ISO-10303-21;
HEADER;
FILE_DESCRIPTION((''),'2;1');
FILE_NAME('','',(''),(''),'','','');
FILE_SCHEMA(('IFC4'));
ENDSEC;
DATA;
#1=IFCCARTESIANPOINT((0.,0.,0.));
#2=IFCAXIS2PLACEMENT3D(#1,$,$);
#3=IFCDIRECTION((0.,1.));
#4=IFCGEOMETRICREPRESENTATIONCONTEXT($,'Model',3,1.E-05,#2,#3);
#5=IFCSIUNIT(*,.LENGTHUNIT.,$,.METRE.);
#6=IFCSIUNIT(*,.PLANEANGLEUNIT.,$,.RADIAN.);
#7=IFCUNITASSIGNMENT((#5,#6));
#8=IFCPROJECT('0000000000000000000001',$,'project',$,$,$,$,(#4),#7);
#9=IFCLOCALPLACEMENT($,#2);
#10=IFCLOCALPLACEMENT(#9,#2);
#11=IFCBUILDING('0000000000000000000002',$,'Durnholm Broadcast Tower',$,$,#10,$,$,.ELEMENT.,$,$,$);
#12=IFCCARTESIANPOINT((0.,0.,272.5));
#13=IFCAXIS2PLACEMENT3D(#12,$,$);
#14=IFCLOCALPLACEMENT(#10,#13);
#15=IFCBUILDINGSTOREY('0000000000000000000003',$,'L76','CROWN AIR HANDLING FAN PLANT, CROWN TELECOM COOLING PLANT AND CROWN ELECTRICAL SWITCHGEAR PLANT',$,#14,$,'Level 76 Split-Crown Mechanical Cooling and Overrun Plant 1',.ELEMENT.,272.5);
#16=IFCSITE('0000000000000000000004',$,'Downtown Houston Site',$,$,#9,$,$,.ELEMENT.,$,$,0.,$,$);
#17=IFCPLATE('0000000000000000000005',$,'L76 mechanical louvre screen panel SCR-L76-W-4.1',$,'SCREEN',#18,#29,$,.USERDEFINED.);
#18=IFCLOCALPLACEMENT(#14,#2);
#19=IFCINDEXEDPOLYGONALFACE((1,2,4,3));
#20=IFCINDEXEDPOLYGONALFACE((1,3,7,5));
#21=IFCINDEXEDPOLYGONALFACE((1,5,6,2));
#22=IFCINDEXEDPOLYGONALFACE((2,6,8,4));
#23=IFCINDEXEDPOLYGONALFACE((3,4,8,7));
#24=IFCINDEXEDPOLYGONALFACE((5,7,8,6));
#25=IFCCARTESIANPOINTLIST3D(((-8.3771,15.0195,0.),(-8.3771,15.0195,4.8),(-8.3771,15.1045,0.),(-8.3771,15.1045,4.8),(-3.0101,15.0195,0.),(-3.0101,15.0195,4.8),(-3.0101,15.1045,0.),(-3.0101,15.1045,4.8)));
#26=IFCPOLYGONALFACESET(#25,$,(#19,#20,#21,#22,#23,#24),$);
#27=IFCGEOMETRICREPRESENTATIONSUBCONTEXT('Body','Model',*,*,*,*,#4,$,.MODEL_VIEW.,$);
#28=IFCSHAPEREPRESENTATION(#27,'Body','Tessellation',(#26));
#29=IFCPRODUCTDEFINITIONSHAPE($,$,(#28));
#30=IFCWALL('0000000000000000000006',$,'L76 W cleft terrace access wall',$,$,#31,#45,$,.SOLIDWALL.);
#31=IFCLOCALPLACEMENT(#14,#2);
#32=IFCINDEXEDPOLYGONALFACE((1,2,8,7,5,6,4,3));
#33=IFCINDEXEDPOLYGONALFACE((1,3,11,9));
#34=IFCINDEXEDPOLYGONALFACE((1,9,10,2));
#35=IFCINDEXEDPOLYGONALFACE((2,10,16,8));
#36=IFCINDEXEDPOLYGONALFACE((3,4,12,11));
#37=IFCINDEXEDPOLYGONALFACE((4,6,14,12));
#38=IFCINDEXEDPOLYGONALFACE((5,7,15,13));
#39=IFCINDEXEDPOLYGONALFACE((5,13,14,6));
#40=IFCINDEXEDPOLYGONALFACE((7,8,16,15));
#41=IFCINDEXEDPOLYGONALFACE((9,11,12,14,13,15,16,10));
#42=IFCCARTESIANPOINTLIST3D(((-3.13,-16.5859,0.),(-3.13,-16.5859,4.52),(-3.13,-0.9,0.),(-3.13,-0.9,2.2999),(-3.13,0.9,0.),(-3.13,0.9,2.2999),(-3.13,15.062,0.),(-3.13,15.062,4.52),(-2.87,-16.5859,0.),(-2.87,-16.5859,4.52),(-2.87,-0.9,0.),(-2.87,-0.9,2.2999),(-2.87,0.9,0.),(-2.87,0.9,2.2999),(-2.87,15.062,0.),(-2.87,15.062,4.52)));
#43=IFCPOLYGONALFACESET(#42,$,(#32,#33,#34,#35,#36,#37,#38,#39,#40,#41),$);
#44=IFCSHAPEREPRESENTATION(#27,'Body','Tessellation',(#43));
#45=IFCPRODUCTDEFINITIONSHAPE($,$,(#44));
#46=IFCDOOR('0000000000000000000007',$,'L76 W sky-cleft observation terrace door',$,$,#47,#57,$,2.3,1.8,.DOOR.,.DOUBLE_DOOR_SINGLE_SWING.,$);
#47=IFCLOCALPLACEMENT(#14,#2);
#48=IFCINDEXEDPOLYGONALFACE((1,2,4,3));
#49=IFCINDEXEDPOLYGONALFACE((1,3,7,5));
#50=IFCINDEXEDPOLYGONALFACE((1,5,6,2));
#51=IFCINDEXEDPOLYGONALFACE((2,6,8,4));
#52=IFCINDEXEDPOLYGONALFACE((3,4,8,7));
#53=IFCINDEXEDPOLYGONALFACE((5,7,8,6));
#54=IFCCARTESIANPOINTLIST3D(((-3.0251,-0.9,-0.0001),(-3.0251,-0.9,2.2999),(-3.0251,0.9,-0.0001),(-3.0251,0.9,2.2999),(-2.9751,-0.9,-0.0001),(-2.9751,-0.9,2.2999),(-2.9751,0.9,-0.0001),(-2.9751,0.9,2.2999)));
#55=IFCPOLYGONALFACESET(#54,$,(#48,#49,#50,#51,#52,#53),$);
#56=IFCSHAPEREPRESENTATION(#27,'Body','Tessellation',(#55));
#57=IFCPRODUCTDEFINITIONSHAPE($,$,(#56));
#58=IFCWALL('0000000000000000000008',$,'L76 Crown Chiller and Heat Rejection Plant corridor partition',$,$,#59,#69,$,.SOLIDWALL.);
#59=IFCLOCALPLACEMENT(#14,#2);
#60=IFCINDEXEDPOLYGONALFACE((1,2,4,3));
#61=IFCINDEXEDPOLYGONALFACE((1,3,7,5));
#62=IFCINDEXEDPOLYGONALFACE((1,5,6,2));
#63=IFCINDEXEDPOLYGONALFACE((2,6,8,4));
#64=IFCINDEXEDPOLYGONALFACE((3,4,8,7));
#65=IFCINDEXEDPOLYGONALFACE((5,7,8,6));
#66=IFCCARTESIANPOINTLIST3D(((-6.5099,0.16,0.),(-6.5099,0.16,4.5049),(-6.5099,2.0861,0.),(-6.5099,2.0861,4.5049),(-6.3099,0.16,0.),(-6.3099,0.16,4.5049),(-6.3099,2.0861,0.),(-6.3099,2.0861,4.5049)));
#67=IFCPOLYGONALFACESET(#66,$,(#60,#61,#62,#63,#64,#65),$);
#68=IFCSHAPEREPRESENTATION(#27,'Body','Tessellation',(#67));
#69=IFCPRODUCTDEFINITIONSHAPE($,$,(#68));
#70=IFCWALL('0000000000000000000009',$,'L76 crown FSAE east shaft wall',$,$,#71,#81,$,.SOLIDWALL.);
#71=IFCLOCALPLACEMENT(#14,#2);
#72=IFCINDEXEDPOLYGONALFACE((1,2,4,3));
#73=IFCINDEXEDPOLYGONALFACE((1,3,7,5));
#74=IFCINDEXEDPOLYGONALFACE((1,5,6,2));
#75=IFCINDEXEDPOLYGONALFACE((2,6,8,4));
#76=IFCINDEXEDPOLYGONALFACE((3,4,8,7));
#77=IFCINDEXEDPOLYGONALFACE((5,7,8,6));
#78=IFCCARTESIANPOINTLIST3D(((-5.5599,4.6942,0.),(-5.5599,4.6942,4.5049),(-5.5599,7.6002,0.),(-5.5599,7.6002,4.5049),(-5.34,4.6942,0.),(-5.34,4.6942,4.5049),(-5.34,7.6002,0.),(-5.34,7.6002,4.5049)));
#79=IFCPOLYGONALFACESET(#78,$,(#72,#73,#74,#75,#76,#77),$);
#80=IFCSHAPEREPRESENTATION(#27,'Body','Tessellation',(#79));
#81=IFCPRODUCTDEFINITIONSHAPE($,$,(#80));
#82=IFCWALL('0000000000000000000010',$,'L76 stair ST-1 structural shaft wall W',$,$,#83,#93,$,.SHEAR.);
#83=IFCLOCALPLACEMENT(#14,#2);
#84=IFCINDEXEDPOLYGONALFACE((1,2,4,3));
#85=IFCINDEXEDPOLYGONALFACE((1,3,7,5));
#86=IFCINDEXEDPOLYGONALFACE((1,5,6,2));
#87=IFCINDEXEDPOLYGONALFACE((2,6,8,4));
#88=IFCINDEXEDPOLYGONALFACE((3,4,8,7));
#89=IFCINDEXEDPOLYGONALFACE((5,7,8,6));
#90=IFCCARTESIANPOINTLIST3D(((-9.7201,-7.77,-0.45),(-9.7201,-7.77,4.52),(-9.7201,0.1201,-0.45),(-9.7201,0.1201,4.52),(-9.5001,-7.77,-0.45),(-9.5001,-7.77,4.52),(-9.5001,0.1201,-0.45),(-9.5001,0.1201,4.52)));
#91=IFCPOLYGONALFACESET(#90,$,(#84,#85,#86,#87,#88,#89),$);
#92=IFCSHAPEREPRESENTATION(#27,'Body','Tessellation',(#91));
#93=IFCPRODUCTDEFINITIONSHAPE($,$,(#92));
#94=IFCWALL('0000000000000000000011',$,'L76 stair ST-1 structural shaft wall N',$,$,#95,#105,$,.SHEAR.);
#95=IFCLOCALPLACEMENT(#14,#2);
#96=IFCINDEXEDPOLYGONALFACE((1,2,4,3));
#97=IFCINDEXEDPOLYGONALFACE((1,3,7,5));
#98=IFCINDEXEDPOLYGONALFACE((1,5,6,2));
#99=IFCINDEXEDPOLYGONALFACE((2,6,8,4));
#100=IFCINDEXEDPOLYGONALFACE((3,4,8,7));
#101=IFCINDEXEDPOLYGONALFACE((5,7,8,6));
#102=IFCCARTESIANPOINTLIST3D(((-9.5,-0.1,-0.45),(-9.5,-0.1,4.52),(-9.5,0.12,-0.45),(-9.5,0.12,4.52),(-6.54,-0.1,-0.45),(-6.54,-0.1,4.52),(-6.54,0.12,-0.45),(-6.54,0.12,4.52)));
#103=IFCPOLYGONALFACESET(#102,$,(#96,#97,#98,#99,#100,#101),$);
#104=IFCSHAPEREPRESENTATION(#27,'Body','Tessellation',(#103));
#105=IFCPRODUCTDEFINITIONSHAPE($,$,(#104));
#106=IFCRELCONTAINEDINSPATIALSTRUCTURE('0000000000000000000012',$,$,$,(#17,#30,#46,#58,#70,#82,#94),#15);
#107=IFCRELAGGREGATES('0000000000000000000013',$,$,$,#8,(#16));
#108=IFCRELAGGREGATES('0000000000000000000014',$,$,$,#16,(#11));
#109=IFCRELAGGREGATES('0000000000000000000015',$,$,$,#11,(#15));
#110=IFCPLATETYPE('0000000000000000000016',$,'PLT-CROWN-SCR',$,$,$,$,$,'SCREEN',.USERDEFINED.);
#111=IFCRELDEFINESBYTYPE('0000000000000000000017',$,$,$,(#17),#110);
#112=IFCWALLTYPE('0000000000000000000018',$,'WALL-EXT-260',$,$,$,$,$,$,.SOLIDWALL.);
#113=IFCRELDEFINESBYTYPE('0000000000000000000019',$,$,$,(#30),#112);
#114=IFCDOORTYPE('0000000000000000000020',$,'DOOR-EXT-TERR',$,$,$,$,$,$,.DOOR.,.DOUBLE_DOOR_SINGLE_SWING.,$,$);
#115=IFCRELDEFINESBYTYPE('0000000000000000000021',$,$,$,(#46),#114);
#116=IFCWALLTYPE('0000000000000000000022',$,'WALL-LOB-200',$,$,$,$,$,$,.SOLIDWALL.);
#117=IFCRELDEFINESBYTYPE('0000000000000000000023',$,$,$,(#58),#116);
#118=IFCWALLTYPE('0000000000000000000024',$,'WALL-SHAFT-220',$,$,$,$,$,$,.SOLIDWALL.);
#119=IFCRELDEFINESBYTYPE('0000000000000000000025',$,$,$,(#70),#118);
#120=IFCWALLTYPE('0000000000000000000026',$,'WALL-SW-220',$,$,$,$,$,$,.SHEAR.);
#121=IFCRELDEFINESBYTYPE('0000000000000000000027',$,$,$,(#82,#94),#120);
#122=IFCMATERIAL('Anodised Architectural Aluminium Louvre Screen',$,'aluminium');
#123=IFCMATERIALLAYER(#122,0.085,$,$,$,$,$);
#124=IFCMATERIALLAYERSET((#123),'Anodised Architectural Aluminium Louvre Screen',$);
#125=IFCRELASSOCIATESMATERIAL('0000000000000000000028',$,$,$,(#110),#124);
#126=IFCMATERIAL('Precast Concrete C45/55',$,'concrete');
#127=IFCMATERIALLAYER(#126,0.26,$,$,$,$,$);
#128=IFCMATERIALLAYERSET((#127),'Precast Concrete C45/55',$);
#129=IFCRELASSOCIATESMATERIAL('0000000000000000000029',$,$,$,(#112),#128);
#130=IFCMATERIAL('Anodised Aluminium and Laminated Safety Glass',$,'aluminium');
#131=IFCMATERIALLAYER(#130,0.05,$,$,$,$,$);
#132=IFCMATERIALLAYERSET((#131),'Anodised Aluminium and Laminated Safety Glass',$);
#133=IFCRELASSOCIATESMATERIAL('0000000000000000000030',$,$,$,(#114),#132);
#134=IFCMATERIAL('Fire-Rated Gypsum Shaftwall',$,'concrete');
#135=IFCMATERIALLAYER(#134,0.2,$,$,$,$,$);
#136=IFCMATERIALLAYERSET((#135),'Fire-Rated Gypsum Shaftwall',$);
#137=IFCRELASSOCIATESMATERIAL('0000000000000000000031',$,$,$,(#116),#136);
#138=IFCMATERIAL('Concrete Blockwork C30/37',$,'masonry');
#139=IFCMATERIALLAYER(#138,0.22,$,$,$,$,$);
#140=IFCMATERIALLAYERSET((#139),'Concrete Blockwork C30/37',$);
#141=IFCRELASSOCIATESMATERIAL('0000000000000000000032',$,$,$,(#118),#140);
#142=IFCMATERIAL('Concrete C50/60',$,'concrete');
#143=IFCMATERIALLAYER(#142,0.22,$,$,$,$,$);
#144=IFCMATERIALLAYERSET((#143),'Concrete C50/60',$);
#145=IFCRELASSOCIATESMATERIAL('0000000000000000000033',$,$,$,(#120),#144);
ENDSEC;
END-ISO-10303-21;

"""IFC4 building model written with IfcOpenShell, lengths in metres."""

from ifc_helpers import new_model, si_unit, direction, frame, frame_2d, origin, origin_2d, place, context, subcontext, project, spatial, rectangle, extrude, source, transform, mapped, material, layer, layer_set, type_object, type_shapes, element, fill, save


model = new_model("IFC4")

# Units and contexts
model_context = context("Model", 3, precision=1e-05, world=origin(), true_north=direction((0.0, 1.0)))
body_context = subcontext(model_context, "Body", "Model", "MODEL_VIEW")
ifc_project = project(units=[si_unit("LENGTHUNIT", "METRE"), si_unit("PLANEANGLEUNIT", "RADIAN")], contexts=[model_context])

# Site, building, storey
site_placement = place(None, origin())
site = spatial("IfcSite", under=ifc_project, at=site_placement, Name="Downtown Houston Site", CompositionType="ELEMENT", RefElevation=0.0)
building_placement = place(site_placement, origin())
building = spatial("IfcBuilding", under=site, at=building_placement, Name="Durnholm Broadcast Tower", CompositionType="ELEMENT")
storey_placement = place(building_placement, frame((0.0, 0.0, 272.5)))
storey = spatial("IfcBuildingStorey", under=building, at=storey_placement, Name="L76", Description="CROWN AIR HANDLING FAN PLANT, CROWN TELECOM COOLING PLANT AND CROWN ELECTRICAL SWITCHGEAR PLANT", LongName="Level 76 Split-Crown Mechanical Cooling and Overrun Plant 1", CompositionType="ELEMENT", Elevation=272.5)

# Shared definitions
ifc_material_1 = material(Name="Concrete C50/60", Category="concrete")

# Plate
ifc_material_2 = material(Name="Anodised Architectural Aluminium Louvre Screen", Category="aluminium")
ifc_layer_1 = layer(ifc_material_2, 0.085)
ifc_layer_set_1 = layer_set([ifc_layer_1], Name="Anodised Architectural Aluminium Louvre Screen")
plate_type_1 = type_object("IfcPlateType", Name="PLT-CROWN-SCR", ElementType="SCREEN", PredefinedType="USERDEFINED", material=ifc_layer_set_1)
shared_shape_1 = source(origin(), body_context, "Body", "SweptSolid", [
    extrude(rectangle(XDim=5.3669, YDim=0.085, at=origin_2d()), origin(), (0.0, 0.0, 1.0), 4.8),
])
plate_1_placement = place(storey_placement, frame((-5.6936, 15.062, 0.0), z_axis=(0.0, 0.0, 1.0), x_axis=(1.0, 0.0, 0.0)))
element("IfcPlate", 1, at=plate_1_placement, inside=storey, type_object=plate_type_1, Name="L76 mechanical louvre screen panel SCR-L76-W-4.1", ObjectType="SCREEN", PredefinedType="USERDEFINED", context=body_context, shape_type="MappedRepresentation", body=[
    mapped(shared_shape_1, transform((0.0, 0.0, 0.0), x_axis=(1.0, 0.0, 0.0), y_axis=(0.0, 1.0, 0.0), z_axis=(0.0, 0.0, 1.0), scale=1.0)),
])

# Wall, opening, door
ifc_material_3 = material(Name="Precast Concrete C45/55", Category="concrete")
ifc_layer_2 = layer(ifc_material_3, 0.26)
ifc_layer_set_2 = layer_set([ifc_layer_2], Name="Precast Concrete C45/55")
wall_type_1 = type_object("IfcWallType", Name="WALL-EXT-260", PredefinedType="SOLIDWALL", material=ifc_layer_set_2)
wall_1_placement = place(storey_placement, frame((-3.0, 15.062, 0.0), z_axis=(0.0, 0.0, 1.0), x_axis=(0.0, -1.0, 0.0)))
wall_1 = element("IfcWall", 2, at=wall_1_placement, inside=storey, type_object=wall_type_1, Name="L76 W cleft terrace access wall", PredefinedType="SOLIDWALL", context=body_context, shape_type="SweptSolid", body=[
    extrude(rectangle(XDim=31.6479, YDim=0.26, at=frame_2d((15.824, 0.0))), origin(), (0.0, 0.0, 1.0), 4.52),
])
opening_placement = place(wall_1_placement, frame((14.1621, 0.0, 0.0)))
opening = element("IfcOpeningElement", 3, at=opening_placement, cuts=wall_1, PredefinedType="OPENING", context=body_context, shape_type="SweptSolid", body=[
    extrude(rectangle(XDim=1.8, YDim=2.3, at=frame_2d((0.8999, 1.1499))), frame((0.0, 0.1401, 0.0), z_axis=(0.0, -1.0, 0.0), x_axis=(1.0, 0.0, 0.0)), (0.0, 0.0, 1.0), 0.28),
])
ifc_material_4 = material(Name="Anodised Aluminium and Laminated Safety Glass", Category="aluminium")
ifc_layer_3 = layer(ifc_material_4, 0.05)
ifc_layer_set_3 = layer_set([ifc_layer_3], Name="Anodised Aluminium and Laminated Safety Glass")
door_type = type_object("IfcDoorType", Name="DOOR-EXT-TERR", OperationType="DOUBLE_DOOR_SINGLE_SWING", PredefinedType="DOOR", material=ifc_layer_set_3)
shared_shape_2 = source(origin(), body_context, "Body", "SweptSolid", [
    extrude(rectangle(XDim=1.8, YDim=2.3, at=frame_2d((0.8999, 1.1499))), frame((0.0, 0.0249, 0.0), z_axis=(0.0, -1.0, 0.0), x_axis=(1.0, 0.0, 0.0)), (0.0, 0.0, 1.0), 0.05),
])
type_shapes(door_type, [shared_shape_2])
door_placement = place(opening_placement, origin())
door = element("IfcDoor", 4, at=door_placement, inside=storey, type_object=door_type, Name="L76 W sky-cleft observation terrace door", OperationType="DOUBLE_DOOR_SINGLE_SWING", OverallHeight=2.3, OverallWidth=1.8, PredefinedType="DOOR", context=body_context, shape_type="MappedRepresentation", body=[
    mapped(shared_shape_2, transform((0.0, 0.0, 0.0), x_axis=(1.0, 0.0, 0.0), y_axis=(0.0, 1.0, 0.0), z_axis=(0.0, 0.0, 1.0), scale=1.0)),
])
fill(opening, door)

# Walls
ifc_material_5 = material(Name="Fire-Rated Gypsum Shaftwall", Category="concrete")
ifc_layer_4 = layer(ifc_material_5, 0.2)
ifc_layer_set_4 = layer_set([ifc_layer_4], Name="Fire-Rated Gypsum Shaftwall")
wall_type_2 = type_object("IfcWallType", Name="WALL-LOB-200", PredefinedType="SOLIDWALL", material=ifc_layer_set_4)
wall_2_placement = place(storey_placement, frame((-6.4099, 2.0859, 0.0), z_axis=(0.0, 0.0, 1.0), x_axis=(0.0, -1.0, 0.0)))
element("IfcWall", 5, at=wall_2_placement, inside=storey, type_object=wall_type_2, Name="L76 Crown Chiller and Heat Rejection Plant corridor partition", PredefinedType="SOLIDWALL", context=body_context, shape_type="SweptSolid", body=[
    extrude(rectangle(XDim=1.926, YDim=0.2, at=frame_2d((0.9629, 0.0))), origin(), (0.0, 0.0, 1.0), 4.5049),
])
ifc_material_6 = material(Name="Concrete Blockwork C30/37", Category="masonry")
ifc_layer_5 = layer(ifc_material_6, 0.22)
ifc_layer_set_5 = layer_set([ifc_layer_5], Name="Concrete Blockwork C30/37")
wall_type_3 = type_object("IfcWallType", Name="WALL-SHAFT-220", PredefinedType="SOLIDWALL", material=ifc_layer_set_5)
wall_3_placement = place(storey_placement, frame((-5.45, 4.6941, 0.0), z_axis=(0.0, 0.0, 1.0), x_axis=(0.0, 1.0, 0.0)))
element("IfcWall", 6, at=wall_3_placement, inside=storey, type_object=wall_type_3, Name="L76 crown FSAE east shaft wall", PredefinedType="SOLIDWALL", context=body_context, shape_type="SweptSolid", body=[
    extrude(rectangle(XDim=2.906, YDim=0.22, at=frame_2d((1.4531, 0.0))), origin(), (0.0, 0.0, 1.0), 4.5049),
])
ifc_layer_6 = layer(ifc_material_1, 0.22)
ifc_layer_set_6 = layer_set([ifc_layer_6], Name="Concrete C50/60")
wall_type_4 = type_object("IfcWallType", Name="WALL-SW-220", PredefinedType="SHEAR", material=ifc_layer_set_6)
wall_4_placement = place(storey_placement, frame((-9.6101, 0.1201, -0.45), z_axis=(0.0, 0.0, 1.0), x_axis=(0.0, -1.0, 0.0)))
element("IfcWall", 7, at=wall_4_placement, inside=storey, type_object=wall_type_4, Name="L76 stair ST-1 structural shaft wall W", PredefinedType="SHEAR", context=body_context, shape_type="SweptSolid", body=[
    extrude(rectangle(XDim=7.8901, YDim=0.22, at=frame_2d((3.9451, 0.0))), origin(), (0.0, 0.0, 1.0), 4.97),
])
wall_5_placement = place(storey_placement, frame((-6.54, 0.01, -0.45), z_axis=(0.0, 0.0, 1.0), x_axis=(-1.0, 0.0, 0.0)))
element("IfcWall", 8, at=wall_5_placement, inside=storey, type_object=wall_type_4, Name="L76 stair ST-1 structural shaft wall N", PredefinedType="SHEAR", context=body_context, shape_type="SweptSolid", body=[
    extrude(rectangle(XDim=2.96, YDim=0.22, at=frame_2d((1.48, 0.0))), origin(), (0.0, 0.0, 1.0), 4.97),
])

save(model, "model.ifc")
